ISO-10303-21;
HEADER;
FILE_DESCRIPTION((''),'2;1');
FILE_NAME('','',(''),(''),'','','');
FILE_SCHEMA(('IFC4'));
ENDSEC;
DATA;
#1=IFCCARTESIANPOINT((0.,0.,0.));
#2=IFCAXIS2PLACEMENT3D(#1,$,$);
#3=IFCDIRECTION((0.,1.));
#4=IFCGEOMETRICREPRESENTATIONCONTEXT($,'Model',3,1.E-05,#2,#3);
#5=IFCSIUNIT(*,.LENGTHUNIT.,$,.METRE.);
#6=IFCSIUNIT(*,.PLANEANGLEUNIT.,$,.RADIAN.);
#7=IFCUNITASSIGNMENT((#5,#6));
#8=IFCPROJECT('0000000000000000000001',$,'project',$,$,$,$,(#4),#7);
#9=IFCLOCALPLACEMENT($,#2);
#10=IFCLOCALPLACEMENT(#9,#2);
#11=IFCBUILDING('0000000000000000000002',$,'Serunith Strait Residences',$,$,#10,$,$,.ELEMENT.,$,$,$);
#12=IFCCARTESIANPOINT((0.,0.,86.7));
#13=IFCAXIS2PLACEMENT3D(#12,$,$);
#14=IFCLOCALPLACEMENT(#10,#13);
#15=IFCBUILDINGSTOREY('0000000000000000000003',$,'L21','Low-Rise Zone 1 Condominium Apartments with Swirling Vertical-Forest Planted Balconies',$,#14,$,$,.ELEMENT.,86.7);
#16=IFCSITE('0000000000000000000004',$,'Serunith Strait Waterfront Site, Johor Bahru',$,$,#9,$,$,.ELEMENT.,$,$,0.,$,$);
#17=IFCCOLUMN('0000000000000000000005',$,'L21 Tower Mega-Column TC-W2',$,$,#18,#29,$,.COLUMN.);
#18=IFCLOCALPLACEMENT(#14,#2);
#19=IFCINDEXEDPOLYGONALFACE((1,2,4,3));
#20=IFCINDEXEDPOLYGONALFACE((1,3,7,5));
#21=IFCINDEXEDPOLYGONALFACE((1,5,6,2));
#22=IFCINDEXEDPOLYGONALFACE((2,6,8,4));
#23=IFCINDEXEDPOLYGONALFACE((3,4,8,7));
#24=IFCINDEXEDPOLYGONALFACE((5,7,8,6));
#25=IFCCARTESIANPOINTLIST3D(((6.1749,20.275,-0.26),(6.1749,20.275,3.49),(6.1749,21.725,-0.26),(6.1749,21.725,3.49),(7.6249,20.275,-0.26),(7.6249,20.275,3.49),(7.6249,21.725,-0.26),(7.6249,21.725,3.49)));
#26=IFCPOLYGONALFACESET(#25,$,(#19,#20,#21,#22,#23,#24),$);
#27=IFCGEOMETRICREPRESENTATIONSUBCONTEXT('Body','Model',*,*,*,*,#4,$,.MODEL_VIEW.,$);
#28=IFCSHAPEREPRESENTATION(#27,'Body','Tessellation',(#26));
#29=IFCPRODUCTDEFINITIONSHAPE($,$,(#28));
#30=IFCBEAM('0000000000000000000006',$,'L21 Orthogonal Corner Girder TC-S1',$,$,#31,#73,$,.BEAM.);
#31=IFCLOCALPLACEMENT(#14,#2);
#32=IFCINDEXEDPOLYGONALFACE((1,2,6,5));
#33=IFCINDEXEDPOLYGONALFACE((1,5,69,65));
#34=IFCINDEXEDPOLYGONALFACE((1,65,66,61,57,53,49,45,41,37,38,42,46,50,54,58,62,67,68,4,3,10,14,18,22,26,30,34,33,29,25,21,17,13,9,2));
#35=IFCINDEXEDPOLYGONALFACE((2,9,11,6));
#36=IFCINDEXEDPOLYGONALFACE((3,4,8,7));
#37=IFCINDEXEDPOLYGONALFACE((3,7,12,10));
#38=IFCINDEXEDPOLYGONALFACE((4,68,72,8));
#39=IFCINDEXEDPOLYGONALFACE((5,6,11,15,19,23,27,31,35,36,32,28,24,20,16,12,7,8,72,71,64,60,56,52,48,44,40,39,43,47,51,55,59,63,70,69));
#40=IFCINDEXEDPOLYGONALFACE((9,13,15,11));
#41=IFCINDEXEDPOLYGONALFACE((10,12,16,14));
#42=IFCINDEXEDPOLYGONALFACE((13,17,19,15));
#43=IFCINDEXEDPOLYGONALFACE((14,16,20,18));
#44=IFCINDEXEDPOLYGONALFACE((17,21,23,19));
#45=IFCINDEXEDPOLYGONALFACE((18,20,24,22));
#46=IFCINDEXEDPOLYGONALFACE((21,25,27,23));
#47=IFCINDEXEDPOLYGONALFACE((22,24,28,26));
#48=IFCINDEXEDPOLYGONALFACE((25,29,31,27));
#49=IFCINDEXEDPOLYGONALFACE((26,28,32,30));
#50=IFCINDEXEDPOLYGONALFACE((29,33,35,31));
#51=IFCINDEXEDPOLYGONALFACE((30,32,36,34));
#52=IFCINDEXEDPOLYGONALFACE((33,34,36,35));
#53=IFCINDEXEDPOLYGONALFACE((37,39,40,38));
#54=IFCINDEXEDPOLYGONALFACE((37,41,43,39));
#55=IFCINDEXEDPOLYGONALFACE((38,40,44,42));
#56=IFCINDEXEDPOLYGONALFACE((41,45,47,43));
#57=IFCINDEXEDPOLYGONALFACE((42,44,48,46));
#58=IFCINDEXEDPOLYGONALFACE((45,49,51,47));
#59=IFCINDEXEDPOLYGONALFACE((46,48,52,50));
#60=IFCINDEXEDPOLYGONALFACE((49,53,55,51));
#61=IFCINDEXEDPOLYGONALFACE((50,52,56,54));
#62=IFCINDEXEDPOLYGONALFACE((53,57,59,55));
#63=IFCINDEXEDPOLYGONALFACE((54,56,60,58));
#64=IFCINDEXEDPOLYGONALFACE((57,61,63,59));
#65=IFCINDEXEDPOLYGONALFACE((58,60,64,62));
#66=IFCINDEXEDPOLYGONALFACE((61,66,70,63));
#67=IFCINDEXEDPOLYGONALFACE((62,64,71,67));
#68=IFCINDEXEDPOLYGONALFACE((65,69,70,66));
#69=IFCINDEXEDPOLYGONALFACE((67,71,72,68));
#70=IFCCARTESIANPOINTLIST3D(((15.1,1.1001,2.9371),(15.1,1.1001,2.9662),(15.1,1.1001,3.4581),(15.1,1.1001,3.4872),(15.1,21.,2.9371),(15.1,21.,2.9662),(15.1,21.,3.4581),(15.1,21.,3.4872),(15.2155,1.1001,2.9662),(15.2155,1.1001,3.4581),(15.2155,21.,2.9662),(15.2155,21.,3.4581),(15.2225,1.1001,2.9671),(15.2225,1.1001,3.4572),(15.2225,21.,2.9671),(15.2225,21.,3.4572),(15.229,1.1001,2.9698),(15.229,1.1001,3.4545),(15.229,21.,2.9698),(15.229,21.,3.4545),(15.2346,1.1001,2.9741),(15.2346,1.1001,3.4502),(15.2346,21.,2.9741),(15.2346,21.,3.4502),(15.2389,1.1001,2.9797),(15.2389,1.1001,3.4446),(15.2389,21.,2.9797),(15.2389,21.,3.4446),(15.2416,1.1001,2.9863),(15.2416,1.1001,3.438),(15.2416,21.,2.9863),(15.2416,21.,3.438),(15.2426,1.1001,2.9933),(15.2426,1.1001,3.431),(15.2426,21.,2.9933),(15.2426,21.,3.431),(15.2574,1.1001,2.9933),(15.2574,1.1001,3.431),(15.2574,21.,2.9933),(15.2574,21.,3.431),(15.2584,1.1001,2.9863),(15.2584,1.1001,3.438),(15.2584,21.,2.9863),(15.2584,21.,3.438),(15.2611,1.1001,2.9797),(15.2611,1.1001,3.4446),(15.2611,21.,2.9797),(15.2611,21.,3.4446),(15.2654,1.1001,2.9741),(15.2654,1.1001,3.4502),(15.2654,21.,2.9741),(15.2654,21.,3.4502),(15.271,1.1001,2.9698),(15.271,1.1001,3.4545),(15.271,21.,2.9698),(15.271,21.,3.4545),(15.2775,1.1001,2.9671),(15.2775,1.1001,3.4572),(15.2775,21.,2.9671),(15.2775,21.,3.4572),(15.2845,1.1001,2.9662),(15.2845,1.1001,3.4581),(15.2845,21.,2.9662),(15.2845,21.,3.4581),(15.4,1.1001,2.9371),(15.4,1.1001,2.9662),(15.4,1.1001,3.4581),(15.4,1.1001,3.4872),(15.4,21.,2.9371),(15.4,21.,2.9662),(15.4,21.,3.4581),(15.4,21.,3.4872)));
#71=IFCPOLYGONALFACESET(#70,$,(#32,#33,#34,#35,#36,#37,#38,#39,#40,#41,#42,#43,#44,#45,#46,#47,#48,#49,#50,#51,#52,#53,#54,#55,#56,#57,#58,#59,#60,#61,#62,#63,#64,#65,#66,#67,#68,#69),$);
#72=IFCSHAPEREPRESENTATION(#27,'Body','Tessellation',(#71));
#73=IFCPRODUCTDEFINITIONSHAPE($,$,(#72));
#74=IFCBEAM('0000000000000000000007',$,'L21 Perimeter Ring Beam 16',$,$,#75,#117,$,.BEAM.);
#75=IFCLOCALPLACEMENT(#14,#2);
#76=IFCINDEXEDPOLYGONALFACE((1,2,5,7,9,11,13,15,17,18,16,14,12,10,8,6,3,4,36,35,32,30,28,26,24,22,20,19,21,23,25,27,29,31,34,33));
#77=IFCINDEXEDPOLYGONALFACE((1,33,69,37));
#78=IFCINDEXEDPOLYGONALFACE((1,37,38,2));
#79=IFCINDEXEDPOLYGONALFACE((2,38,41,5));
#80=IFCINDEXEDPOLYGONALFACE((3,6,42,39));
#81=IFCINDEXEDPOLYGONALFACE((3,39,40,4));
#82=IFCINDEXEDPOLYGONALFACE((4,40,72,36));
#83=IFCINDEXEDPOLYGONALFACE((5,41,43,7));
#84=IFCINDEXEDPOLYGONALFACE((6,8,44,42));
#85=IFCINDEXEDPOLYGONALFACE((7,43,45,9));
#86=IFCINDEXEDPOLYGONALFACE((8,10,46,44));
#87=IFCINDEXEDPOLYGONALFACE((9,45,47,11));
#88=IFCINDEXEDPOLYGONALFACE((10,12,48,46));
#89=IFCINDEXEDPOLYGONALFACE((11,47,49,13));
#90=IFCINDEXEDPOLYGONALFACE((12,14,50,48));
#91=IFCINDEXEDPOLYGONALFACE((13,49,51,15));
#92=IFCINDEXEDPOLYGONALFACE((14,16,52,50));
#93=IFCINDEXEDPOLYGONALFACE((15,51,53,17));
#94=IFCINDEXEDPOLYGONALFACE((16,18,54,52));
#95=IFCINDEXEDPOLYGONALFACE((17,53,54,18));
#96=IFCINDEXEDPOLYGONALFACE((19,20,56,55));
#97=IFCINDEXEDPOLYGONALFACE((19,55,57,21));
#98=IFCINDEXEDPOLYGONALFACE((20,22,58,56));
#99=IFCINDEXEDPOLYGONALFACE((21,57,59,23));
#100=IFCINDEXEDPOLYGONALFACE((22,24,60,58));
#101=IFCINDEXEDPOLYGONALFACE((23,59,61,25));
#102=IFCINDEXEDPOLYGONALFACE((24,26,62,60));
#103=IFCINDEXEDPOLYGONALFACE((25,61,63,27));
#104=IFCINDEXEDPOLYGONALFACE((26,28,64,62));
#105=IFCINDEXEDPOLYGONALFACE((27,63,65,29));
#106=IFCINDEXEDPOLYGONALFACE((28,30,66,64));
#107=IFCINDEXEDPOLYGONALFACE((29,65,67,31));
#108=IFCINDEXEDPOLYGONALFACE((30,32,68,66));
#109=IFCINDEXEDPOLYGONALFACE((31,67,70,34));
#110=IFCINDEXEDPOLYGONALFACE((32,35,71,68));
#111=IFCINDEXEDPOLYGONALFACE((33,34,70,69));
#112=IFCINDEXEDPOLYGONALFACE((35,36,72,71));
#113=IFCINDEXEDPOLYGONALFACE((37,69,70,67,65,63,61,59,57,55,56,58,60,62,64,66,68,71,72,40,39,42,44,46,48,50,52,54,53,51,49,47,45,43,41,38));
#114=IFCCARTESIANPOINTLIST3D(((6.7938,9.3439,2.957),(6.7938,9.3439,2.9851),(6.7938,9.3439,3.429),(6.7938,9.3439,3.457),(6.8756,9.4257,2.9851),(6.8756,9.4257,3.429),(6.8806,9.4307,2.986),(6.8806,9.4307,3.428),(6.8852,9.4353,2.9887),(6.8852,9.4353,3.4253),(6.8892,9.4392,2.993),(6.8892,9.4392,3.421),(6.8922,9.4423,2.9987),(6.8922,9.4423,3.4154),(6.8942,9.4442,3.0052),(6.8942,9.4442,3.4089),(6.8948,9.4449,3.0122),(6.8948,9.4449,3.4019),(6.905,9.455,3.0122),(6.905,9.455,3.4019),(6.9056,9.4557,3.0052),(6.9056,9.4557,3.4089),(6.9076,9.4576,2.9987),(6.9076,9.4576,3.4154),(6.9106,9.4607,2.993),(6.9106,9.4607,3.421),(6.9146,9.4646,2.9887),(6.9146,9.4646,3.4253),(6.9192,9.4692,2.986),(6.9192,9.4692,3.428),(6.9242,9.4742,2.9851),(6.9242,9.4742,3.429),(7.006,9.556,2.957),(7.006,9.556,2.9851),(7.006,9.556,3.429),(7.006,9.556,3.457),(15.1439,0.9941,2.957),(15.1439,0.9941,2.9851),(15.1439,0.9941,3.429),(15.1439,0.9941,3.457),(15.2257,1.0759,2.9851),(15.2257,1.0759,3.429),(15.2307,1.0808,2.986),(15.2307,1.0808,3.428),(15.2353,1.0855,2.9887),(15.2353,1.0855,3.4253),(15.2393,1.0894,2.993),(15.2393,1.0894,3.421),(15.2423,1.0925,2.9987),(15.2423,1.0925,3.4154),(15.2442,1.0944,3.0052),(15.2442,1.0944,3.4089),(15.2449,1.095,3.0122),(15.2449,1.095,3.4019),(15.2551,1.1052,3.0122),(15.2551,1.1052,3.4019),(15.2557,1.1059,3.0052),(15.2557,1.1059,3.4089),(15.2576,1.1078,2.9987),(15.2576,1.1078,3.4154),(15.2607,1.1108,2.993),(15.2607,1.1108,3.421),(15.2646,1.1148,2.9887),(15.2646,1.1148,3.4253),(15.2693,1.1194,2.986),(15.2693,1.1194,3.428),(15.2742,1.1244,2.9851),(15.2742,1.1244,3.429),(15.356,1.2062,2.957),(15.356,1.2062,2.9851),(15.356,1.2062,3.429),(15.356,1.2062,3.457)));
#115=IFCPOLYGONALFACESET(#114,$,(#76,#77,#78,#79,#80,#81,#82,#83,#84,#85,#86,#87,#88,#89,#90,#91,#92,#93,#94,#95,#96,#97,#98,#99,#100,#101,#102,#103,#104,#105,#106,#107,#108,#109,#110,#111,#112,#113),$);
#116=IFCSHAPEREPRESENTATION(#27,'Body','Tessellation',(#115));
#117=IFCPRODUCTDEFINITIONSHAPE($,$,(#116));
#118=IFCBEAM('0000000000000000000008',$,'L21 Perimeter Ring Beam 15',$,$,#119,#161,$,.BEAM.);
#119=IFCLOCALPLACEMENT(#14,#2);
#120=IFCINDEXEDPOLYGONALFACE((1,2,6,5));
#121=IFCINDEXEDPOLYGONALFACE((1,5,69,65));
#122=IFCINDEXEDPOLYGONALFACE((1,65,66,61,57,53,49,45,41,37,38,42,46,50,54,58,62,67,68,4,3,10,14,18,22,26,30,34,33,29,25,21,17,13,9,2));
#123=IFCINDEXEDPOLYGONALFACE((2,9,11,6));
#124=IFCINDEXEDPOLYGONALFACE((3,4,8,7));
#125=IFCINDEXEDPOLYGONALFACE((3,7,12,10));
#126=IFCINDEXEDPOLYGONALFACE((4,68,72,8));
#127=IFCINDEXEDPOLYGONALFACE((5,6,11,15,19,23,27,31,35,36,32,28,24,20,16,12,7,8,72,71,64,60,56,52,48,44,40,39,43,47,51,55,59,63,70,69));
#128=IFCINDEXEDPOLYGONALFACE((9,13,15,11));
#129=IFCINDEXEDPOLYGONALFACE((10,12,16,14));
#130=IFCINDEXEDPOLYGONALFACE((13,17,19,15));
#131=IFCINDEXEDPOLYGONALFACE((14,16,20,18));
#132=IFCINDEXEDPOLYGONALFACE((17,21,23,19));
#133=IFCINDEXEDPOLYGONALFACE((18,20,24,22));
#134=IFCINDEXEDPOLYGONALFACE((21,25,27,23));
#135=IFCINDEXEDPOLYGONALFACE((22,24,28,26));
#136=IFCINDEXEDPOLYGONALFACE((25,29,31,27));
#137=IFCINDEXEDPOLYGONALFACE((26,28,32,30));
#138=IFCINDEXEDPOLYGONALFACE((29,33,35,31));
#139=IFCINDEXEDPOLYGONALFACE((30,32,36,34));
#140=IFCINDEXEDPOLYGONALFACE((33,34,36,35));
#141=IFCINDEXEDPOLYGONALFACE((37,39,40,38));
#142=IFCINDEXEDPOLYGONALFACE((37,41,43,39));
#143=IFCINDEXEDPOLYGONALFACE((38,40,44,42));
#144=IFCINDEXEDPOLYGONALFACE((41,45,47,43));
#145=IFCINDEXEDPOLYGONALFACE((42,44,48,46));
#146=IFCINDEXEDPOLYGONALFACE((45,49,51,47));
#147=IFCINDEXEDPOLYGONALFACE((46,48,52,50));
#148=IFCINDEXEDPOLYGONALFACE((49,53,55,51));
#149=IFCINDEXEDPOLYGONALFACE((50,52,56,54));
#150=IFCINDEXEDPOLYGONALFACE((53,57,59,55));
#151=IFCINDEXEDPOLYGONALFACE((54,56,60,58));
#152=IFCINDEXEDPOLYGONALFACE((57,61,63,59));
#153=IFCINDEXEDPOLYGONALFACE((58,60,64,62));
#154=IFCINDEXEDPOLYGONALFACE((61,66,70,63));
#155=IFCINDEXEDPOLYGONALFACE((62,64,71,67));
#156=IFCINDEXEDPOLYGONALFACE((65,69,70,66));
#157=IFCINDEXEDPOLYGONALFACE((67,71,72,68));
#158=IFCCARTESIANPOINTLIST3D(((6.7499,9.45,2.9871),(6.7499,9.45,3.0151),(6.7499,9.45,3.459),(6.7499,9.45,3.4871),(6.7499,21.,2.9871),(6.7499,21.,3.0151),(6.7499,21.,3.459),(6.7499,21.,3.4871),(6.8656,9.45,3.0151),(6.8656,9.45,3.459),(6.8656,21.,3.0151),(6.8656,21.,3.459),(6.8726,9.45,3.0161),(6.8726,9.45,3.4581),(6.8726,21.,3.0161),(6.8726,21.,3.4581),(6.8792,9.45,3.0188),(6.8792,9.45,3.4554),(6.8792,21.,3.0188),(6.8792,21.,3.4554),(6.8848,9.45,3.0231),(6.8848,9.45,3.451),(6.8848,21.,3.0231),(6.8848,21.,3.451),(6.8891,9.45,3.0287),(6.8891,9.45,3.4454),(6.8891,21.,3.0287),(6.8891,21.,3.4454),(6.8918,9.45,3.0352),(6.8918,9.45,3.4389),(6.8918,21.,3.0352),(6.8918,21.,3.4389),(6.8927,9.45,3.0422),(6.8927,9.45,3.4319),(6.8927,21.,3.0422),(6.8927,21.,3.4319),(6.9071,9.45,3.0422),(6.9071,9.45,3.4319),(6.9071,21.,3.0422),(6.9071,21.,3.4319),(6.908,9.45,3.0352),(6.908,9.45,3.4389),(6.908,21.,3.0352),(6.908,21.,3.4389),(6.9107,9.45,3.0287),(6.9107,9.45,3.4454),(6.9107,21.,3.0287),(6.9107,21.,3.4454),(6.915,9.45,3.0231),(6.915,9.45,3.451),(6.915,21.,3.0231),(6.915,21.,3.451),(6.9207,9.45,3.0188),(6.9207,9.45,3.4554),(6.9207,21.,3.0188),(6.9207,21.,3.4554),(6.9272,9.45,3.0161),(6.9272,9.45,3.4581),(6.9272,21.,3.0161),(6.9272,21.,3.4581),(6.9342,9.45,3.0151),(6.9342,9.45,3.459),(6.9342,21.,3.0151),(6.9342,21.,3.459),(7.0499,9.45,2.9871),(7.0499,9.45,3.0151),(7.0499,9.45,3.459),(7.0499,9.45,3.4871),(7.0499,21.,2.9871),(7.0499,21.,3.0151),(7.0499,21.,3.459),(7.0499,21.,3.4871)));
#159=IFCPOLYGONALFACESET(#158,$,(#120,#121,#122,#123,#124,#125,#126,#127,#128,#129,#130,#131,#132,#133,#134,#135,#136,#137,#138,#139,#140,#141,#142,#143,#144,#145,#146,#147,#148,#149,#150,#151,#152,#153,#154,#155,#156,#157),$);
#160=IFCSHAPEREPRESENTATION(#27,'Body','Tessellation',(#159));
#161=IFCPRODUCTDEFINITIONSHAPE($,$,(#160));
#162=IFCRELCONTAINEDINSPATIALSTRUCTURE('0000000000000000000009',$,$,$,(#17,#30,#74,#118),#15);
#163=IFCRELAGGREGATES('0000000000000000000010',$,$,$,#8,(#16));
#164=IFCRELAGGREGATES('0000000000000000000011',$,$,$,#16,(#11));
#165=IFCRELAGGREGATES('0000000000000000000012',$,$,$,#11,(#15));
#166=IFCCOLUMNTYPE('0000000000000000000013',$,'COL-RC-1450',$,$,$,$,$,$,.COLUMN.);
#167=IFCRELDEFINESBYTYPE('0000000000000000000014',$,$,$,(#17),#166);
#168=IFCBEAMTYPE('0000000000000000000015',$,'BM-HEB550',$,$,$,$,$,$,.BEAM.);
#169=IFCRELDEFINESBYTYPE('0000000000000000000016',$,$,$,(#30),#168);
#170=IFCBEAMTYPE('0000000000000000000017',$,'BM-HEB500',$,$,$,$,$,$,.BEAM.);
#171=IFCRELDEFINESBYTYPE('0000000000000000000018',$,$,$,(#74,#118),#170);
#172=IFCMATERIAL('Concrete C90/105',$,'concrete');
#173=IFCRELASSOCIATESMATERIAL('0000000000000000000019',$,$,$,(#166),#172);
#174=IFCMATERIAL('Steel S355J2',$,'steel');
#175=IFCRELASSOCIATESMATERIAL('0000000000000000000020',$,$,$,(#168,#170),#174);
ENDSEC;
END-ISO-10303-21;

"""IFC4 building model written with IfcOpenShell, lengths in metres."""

from ifc_helpers import new_model, si_unit, direction, frame, origin, origin_2d, place, context, subcontext, project, spatial, rectangle, i_section, extrude, source, transform, mapped, material, material_profile, profile_set, type_object, element, save


model = new_model("IFC4")

# Units and contexts
model_context = context("Model", 3, precision=1e-05, world=origin(), true_north=direction((0.0, 1.0)))
body_context = subcontext(model_context, "Body", "Model", "MODEL_VIEW")
ifc_project = project(units=[si_unit("LENGTHUNIT", "METRE"), si_unit("PLANEANGLEUNIT", "RADIAN")], contexts=[model_context])

# Site, building, storey
site_placement = place(None, origin())
site = spatial("IfcSite", under=ifc_project, at=site_placement, Name="Serunith Strait Waterfront Site, Johor Bahru", CompositionType="ELEMENT", RefElevation=0.0)
building_placement = place(site_placement, origin())
building = spatial("IfcBuilding", under=site, at=building_placement, Name="Serunith Strait Residences", CompositionType="ELEMENT")
storey_placement = place(building_placement, frame((0.0, 0.0, 86.7)))
storey = spatial("IfcBuildingStorey", under=building, at=storey_placement, Name="L21", Description="Low-Rise Zone 1 Condominium Apartments with Swirling Vertical-Forest Planted Balconies", CompositionType="ELEMENT", Elevation=86.7)

# Column
ifc_material_1 = material(Name="Concrete C90/105", Category="concrete")
ifc_material_profile_1 = material_profile(ifc_material_1, rectangle(XDim=1.45, YDim=1.45, at=origin_2d()), Name="RC 1450x1450")
ifc_profile_set_1 = profile_set([ifc_material_profile_1], Name="Concrete C90/105")
column_type = type_object("IfcColumnType", Name="COL-RC-1450", PredefinedType="COLUMN", material=ifc_profile_set_1)
shared_shape_1 = source(origin(), body_context, "Body", "SweptSolid", [
    extrude(rectangle(XDim=1.45, YDim=1.45, at=origin_2d()), origin(), (0.0, 0.0, 1.0), 3.75),
])
column_placement = place(storey_placement, frame((6.8999, 21.0, -0.26), z_axis=(0.0, 0.0, 1.0), x_axis=(1.0, 0.0, 0.0)))
element("IfcColumn", 1, at=column_placement, inside=storey, type_object=column_type, Name="L21 Tower Mega-Column TC-W2", PredefinedType="COLUMN", context=body_context, shape_type="MappedRepresentation", body=[
    mapped(shared_shape_1, transform((0.0, 0.0, 0.0), scale=1.0)),
])

# Beams
ifc_material_2 = material(Name="Steel S355J2", Category="steel")
ifc_material_profile_2 = material_profile(ifc_material_2, i_section(OverallWidth=0.3, OverallDepth=0.55, WebThickness=0.0149, FlangeThickness=0.0291, FilletRadius=0.0271, at=origin_2d()), Name="HEB 550")
ifc_profile_set_2 = profile_set([ifc_material_profile_2], Name="Steel S355J2")
beam_type_1 = type_object("IfcBeamType", Name="BM-HEB550", PredefinedType="BEAM", material=ifc_profile_set_2)
shared_shape_2 = source(origin(), body_context, "Body", "SweptSolid", [
    extrude(i_section(OverallWidth=0.3, OverallDepth=0.55, WebThickness=0.0149, FlangeThickness=0.0291, FilletRadius=0.0271, at=origin_2d()), origin(), (0.0, 0.0, 1.0), 19.8999),
])
beam_1_placement = place(storey_placement, frame((15.25, 21.0, 3.2122), z_axis=(0.0, -1.0, 0.0), x_axis=(1.0, 0.0, 0.0)))
element("IfcBeam", 2, at=beam_1_placement, inside=storey, type_object=beam_type_1, Name="L21 Orthogonal Corner Girder TC-S1", PredefinedType="BEAM", context=body_context, shape_type="MappedRepresentation", body=[
    mapped(shared_shape_2, transform((0.0, 0.0, 0.0), scale=1.0)),
])
ifc_material_profile_3 = material_profile(ifc_material_2, i_section(OverallWidth=0.3, OverallDepth=0.5, WebThickness=0.0144, FlangeThickness=0.0281, FilletRadius=0.0271, at=origin_2d()), Name="HEB 500")
ifc_profile_set_3 = profile_set([ifc_material_profile_3], Name="Steel S355J2")
beam_type_2 = type_object("IfcBeamType", Name="BM-HEB500", PredefinedType="BEAM", material=ifc_profile_set_3)
shared_shape_3 = source(origin(), body_context, "Body", "SweptSolid", [
    extrude(i_section(OverallWidth=0.3, OverallDepth=0.5, WebThickness=0.0144, FlangeThickness=0.0281, FilletRadius=0.0271, at=origin_2d()), origin(), (0.0, 0.0, 1.0), 11.8086),
])
beam_2_placement = place(storey_placement, frame((6.8999, 9.45, 3.207), z_axis=(0.707117, -0.707096, 0.0), x_axis=(0.707096, 0.707117, 0.0)))
element("IfcBeam", 3, at=beam_2_placement, inside=storey, type_object=beam_type_2, Name="L21 Perimeter Ring Beam 16", PredefinedType="BEAM", context=body_context, shape_type="MappedRepresentation", body=[
    mapped(shared_shape_3, transform((0.0, 0.0, 0.0), scale=1.0)),
])
shared_shape_4 = source(origin(), body_context, "Body", "SweptSolid", [
    extrude(i_section(OverallWidth=0.3, OverallDepth=0.5, WebThickness=0.0144, FlangeThickness=0.0281, FilletRadius=0.0271, at=origin_2d()), origin(), (0.0, 0.0, 1.0), 11.55),
])
beam_3_placement = place(storey_placement, frame((6.8999, 21.0, 3.2371), z_axis=(0.0, -1.0, 0.0), x_axis=(1.0, 0.0, 0.0)))
element("IfcBeam", 4, at=beam_3_placement, inside=storey, type_object=beam_type_2, Name="L21 Perimeter Ring Beam 15", PredefinedType="BEAM", context=body_context, shape_type="MappedRepresentation", body=[
    mapped(shared_shape_4, transform((0.0, 0.0, 0.0), scale=1.0)),
])

save(model, "model.ifc")
